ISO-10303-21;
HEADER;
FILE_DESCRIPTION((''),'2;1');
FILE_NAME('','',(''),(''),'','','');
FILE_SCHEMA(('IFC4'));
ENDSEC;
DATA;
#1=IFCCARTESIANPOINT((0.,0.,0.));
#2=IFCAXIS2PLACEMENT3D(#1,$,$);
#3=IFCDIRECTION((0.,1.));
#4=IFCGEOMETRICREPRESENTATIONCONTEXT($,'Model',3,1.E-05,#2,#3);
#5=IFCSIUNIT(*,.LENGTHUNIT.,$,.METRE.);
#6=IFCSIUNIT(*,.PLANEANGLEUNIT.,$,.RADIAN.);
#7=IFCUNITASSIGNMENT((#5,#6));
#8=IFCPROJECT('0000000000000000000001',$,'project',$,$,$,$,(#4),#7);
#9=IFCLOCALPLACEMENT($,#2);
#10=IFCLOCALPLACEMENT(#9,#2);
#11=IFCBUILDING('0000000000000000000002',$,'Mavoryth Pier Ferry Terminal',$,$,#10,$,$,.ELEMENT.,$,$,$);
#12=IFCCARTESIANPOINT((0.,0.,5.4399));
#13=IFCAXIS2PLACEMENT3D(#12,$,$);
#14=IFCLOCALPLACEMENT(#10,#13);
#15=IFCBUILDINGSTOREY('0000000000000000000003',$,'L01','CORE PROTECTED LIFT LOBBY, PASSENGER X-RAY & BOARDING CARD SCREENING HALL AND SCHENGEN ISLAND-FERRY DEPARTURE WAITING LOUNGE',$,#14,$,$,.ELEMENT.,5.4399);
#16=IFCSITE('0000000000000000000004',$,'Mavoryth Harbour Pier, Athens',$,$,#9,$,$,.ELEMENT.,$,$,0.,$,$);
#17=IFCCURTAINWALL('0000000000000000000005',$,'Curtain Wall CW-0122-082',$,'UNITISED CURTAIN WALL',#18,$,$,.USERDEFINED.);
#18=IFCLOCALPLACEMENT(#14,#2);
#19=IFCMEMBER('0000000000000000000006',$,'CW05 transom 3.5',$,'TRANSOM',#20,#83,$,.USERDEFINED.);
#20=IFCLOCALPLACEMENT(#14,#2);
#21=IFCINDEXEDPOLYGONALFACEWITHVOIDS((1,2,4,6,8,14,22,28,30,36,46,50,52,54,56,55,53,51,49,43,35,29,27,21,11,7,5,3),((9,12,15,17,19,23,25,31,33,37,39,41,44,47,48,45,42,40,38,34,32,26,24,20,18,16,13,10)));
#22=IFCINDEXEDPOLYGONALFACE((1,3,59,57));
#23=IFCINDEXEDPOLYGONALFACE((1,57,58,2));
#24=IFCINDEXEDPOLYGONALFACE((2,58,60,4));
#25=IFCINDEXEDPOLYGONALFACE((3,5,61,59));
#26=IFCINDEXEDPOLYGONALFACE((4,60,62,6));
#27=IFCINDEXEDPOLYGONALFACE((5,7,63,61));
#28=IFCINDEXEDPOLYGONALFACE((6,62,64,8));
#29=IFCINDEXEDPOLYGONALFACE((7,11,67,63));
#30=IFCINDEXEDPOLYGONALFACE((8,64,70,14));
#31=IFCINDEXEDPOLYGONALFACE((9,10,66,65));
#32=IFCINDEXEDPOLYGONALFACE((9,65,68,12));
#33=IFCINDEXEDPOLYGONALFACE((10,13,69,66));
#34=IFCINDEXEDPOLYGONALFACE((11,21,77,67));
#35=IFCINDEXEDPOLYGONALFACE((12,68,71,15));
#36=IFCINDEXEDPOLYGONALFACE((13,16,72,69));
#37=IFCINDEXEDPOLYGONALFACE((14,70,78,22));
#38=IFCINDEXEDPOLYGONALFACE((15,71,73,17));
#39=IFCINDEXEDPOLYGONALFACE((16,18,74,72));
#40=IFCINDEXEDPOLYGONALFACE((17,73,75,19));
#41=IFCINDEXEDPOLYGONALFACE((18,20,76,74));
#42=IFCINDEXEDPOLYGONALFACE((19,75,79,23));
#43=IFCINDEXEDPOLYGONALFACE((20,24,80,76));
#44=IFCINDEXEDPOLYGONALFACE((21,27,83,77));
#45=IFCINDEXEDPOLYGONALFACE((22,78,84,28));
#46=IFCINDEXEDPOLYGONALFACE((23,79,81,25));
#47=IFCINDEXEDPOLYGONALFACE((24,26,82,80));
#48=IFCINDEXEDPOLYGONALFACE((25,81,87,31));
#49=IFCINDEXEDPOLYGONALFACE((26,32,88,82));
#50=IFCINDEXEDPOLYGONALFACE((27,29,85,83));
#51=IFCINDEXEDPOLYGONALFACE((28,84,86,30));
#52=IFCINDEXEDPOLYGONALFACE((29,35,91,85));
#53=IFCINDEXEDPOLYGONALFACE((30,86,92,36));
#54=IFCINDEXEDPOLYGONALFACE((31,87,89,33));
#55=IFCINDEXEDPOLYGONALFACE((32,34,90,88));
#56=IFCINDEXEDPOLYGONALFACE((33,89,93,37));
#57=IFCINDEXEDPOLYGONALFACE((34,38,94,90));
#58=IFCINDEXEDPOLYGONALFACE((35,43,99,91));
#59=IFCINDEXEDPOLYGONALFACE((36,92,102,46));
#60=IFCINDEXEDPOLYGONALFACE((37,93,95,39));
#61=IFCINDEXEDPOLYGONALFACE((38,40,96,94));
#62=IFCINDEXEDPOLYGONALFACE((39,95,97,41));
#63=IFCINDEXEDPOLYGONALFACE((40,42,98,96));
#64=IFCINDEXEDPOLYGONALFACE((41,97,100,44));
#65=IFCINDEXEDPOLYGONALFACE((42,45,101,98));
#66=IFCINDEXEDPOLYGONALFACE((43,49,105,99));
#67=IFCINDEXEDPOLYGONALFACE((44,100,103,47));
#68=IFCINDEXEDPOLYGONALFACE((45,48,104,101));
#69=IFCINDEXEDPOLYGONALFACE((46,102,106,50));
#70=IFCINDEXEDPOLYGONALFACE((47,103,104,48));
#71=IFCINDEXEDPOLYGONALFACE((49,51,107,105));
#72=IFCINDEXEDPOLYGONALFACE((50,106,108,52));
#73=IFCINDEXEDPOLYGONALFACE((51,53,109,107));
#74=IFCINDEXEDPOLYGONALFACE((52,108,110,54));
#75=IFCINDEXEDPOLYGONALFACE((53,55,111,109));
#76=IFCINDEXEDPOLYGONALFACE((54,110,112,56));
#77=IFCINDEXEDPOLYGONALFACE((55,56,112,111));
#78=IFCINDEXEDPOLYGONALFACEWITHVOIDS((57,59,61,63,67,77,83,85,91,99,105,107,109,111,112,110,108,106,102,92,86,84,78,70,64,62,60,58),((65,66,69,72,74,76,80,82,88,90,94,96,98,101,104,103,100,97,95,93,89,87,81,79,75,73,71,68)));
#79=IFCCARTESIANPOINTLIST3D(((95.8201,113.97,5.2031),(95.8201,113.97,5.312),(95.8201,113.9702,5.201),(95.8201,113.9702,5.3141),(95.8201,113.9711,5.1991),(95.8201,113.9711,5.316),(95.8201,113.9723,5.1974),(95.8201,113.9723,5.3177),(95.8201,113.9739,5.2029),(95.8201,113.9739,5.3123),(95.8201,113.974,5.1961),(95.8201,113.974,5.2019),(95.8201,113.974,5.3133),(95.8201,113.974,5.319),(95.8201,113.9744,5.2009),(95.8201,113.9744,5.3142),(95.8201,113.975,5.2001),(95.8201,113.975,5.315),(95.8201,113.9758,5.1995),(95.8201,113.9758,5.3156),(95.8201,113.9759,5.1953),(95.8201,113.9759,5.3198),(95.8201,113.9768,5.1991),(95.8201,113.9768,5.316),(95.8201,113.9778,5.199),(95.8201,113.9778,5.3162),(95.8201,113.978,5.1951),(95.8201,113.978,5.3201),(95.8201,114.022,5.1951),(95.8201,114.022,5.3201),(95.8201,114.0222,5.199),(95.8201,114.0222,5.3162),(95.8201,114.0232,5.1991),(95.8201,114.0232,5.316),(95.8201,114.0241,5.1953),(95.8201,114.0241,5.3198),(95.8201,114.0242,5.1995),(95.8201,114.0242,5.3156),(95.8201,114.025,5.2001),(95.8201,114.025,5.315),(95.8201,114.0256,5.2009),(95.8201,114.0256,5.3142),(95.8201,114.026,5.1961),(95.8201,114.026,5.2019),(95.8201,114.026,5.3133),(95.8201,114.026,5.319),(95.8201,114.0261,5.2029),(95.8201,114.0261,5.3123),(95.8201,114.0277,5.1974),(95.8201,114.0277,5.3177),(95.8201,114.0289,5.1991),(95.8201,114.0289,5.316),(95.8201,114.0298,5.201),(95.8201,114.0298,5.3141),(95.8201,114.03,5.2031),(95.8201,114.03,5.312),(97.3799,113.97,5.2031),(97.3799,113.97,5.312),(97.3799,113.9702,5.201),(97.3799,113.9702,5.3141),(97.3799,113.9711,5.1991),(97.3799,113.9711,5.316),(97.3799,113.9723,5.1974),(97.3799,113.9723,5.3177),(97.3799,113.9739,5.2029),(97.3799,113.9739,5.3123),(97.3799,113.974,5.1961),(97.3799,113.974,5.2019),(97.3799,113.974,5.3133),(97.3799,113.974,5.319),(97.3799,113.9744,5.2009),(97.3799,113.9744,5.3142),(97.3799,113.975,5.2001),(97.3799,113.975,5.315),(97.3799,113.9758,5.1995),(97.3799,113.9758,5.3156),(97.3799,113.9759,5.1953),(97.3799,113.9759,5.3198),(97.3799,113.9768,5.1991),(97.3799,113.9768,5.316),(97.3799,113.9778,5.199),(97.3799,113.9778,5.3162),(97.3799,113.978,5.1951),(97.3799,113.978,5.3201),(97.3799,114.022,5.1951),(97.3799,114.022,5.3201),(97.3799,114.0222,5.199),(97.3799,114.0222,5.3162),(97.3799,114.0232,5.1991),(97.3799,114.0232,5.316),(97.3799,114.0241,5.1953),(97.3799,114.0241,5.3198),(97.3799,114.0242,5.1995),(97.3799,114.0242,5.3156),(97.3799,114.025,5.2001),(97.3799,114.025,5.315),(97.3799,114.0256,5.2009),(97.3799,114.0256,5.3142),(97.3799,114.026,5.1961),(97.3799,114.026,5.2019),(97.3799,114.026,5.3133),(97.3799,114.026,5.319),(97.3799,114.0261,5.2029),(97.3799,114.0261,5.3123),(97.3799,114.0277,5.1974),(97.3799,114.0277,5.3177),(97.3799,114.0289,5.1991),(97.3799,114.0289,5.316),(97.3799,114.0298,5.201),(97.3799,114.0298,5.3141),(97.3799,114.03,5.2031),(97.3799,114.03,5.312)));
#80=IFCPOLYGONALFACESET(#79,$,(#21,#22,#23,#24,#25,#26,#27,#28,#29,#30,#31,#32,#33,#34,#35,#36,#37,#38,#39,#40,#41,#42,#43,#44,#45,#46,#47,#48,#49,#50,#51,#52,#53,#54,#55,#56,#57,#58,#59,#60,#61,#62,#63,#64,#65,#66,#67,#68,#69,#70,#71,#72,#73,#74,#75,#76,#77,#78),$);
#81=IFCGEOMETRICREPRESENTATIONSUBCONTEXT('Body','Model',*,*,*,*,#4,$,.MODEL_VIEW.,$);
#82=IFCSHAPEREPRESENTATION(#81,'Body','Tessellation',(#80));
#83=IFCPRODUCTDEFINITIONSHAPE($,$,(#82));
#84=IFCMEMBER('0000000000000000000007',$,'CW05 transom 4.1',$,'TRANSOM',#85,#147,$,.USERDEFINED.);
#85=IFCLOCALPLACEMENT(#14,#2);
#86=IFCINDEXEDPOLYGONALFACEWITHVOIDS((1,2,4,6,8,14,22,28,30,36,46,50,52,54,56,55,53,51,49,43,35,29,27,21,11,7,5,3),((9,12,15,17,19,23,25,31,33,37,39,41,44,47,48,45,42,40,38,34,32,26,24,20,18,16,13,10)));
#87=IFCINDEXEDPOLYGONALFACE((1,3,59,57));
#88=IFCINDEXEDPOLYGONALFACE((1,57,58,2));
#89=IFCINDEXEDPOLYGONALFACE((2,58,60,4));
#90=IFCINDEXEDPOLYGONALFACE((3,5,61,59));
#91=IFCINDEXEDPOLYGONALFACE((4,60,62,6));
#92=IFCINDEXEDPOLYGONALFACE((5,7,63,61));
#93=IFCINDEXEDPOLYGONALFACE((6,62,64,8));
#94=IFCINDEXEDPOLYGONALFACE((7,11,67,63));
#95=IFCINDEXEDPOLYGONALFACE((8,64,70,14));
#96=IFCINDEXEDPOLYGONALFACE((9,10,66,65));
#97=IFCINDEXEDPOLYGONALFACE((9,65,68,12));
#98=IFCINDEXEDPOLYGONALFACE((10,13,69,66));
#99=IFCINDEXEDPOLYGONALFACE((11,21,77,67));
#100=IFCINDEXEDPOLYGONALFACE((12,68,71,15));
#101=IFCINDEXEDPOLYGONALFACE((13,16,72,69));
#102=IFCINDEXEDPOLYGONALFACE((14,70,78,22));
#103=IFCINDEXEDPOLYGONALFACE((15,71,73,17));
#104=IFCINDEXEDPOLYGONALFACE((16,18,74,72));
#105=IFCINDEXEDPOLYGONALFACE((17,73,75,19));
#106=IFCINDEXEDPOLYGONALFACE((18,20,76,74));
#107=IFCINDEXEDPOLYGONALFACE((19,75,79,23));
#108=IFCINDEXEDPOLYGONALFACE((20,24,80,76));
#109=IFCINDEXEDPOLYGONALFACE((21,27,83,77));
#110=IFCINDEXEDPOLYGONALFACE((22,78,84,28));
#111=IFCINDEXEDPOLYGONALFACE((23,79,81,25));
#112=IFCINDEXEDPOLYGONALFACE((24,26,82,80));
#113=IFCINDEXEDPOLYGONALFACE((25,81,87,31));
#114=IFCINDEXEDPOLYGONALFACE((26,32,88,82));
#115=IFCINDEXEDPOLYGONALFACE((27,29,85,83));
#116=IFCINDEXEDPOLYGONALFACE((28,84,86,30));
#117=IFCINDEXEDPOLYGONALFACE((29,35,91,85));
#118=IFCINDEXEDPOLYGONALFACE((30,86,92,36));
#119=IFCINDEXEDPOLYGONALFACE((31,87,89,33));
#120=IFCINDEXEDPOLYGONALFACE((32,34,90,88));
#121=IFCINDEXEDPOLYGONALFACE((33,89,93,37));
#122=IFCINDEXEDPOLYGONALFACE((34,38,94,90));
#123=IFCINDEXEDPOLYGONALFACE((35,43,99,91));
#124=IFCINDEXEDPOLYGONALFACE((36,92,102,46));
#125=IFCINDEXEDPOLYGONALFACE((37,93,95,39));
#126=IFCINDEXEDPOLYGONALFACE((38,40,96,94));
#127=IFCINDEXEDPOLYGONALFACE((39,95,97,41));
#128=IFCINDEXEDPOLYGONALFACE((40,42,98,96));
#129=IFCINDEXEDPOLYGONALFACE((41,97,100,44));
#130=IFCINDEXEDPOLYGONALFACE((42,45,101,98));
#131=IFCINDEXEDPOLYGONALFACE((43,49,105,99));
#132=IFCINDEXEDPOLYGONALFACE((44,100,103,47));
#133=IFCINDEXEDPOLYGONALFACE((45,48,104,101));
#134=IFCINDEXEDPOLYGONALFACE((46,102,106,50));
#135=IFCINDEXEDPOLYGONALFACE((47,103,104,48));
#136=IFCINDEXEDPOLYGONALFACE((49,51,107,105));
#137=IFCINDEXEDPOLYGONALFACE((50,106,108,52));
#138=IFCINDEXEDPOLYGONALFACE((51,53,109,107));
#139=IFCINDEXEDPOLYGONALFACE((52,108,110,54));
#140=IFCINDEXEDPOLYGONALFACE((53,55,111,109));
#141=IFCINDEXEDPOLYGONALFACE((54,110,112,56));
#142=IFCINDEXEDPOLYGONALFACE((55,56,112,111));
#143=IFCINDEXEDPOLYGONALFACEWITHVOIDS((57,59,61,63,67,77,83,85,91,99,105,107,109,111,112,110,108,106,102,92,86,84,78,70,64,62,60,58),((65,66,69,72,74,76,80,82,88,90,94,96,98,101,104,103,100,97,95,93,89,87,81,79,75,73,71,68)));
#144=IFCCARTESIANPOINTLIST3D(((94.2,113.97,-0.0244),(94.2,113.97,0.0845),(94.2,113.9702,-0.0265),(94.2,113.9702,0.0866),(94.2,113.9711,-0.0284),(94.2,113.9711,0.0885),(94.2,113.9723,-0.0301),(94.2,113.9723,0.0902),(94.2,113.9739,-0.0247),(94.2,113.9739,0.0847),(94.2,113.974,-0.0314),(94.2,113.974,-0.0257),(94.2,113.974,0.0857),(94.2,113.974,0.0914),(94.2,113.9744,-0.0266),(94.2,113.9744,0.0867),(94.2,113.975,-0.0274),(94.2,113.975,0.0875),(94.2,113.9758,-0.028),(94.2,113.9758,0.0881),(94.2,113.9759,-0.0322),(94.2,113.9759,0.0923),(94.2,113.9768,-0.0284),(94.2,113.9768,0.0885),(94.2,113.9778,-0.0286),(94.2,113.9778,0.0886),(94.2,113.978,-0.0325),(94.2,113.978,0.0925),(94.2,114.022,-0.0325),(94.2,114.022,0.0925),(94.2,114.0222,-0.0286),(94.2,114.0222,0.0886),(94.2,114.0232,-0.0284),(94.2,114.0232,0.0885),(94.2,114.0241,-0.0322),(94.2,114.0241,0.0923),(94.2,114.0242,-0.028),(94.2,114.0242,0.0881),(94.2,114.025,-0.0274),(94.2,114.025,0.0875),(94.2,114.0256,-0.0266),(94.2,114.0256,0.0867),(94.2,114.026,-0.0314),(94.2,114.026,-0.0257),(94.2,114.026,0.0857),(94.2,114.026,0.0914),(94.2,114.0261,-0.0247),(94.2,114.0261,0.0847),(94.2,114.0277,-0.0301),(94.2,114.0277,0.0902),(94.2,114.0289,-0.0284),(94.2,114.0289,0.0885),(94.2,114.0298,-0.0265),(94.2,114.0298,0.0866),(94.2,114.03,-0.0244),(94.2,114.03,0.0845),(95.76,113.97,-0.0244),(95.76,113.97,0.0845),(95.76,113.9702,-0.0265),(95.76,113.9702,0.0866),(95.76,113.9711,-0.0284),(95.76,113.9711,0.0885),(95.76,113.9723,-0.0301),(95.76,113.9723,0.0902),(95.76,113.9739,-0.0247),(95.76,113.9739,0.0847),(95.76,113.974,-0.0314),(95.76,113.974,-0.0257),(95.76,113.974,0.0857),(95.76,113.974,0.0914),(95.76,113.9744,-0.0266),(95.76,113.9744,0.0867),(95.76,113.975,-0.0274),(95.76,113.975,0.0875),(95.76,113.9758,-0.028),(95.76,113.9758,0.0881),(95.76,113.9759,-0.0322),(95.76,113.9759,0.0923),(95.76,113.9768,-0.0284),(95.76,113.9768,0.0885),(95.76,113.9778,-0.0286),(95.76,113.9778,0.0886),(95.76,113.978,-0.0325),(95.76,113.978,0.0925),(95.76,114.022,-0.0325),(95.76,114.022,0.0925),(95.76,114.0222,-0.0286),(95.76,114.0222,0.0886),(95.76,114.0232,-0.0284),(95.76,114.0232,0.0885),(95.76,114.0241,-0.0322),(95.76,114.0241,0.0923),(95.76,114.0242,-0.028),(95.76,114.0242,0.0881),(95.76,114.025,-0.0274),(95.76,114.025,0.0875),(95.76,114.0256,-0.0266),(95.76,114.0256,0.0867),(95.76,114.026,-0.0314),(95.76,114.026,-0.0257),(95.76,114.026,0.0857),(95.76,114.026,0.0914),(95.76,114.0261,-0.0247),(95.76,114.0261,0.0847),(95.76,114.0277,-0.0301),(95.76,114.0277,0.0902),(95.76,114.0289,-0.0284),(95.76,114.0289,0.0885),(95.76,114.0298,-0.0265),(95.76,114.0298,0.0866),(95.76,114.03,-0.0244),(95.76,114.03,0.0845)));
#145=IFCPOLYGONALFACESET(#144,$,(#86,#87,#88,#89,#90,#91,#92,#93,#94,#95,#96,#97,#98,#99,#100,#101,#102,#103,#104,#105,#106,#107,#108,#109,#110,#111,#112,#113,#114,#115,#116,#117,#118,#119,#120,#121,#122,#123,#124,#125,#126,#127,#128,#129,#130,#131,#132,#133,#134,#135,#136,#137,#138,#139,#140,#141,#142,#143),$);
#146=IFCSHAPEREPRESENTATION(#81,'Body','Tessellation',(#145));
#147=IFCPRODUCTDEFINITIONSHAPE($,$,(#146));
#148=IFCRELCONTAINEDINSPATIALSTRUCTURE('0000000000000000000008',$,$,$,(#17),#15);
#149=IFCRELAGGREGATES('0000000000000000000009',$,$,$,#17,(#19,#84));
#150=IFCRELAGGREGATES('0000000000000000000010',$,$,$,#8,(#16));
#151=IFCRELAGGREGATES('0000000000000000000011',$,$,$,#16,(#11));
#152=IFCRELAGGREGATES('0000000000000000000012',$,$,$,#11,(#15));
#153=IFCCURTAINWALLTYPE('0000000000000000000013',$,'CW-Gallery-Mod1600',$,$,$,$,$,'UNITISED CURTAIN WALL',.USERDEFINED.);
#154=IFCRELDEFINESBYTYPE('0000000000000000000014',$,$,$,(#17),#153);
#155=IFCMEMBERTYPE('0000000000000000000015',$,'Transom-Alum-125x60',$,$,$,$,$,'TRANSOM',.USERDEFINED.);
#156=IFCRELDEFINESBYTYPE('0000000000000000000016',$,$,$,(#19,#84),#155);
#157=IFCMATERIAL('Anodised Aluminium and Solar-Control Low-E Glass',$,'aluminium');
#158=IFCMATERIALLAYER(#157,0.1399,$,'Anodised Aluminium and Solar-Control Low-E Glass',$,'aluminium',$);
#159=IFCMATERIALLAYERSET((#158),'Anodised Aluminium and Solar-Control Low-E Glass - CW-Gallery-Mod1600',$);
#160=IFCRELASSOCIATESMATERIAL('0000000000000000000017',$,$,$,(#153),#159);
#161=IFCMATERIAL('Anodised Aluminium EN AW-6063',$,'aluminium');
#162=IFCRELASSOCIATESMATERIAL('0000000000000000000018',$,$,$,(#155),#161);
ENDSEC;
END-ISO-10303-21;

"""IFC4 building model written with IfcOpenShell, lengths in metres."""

from ifc_helpers import new_model, si_unit, direction, frame, origin, origin_2d, place, context, subcontext, project, spatial, hollow_rectangle, extrude, material, layer, layer_set, material_profile, profile_set, type_object, element, aggregate, save


model = new_model("IFC4")

# Units and contexts
model_context = context("Model", 3, precision=1e-05, world=origin(), true_north=direction((0.0, 1.0)))
body_context = subcontext(model_context, "Body", "Model", "MODEL_VIEW")
ifc_project = project(units=[si_unit("LENGTHUNIT", "METRE"), si_unit("PLANEANGLEUNIT", "RADIAN")], contexts=[model_context])

# Site, building, storey
site_placement = place(None, origin())
site = spatial("IfcSite", under=ifc_project, at=site_placement, Name="Mavoryth Harbour Pier, Athens", CompositionType="ELEMENT", RefElevation=0.0)
building_placement = place(site_placement, origin())
building = spatial("IfcBuilding", under=site, at=building_placement, Name="Mavoryth Pier Ferry Terminal", CompositionType="ELEMENT")
storey_placement = place(building_placement, frame((0.0, 0.0, 5.4399)))
storey = spatial("IfcBuildingStorey", under=building, at=storey_placement, Name="L01", Description="CORE PROTECTED LIFT LOBBY, PASSENGER X-RAY & BOARDING CARD SCREENING HALL AND SCHENGEN ISLAND-FERRY DEPARTURE WAITING LOUNGE", CompositionType="ELEMENT", Elevation=5.4399)

# Curtain wall, members
ifc_material_1 = material(Name="Anodised Aluminium and Solar-Control Low-E Glass", Category="aluminium")
ifc_layer_1 = layer(ifc_material_1, 0.1399, Name="Anodised Aluminium and Solar-Control Low-E Glass", Category="aluminium")
ifc_layer_set_1 = layer_set([ifc_layer_1], Name="Anodised Aluminium and Solar-Control Low-E Glass - CW-Gallery-Mod1600")
curtain_wall_type = type_object("IfcCurtainWallType", Name="CW-Gallery-Mod1600", ElementType="UNITISED CURTAIN WALL", PredefinedType="USERDEFINED", material=ifc_layer_set_1)
curtain_wall_placement = place(storey_placement, origin())
curtain_wall = element("IfcCurtainWall", 1, at=curtain_wall_placement, inside=storey, type_object=curtain_wall_type, Name="Curtain Wall CW-0122-082", ObjectType="UNITISED CURTAIN WALL", PredefinedType="USERDEFINED")
ifc_material_2 = material(Name="Anodised Aluminium EN AW-6063", Category="aluminium")
ifc_material_profile_1 = material_profile(ifc_material_2, hollow_rectangle(XDim=0.0601, YDim=0.125, WallThickness=0.0039, InnerFilletRadius=0.0039, OuterFilletRadius=0.0081, at=origin_2d()), Name="AL-TRAN 125x60x4", Category="aluminium")
ifc_profile_set_1 = profile_set([ifc_material_profile_1], Name="Anodised Aluminium EN AW-6063 - AL-TRAN 125x60x4")
member_type_1 = type_object("IfcMemberType", Name="Transom-Alum-125x60", ElementType="TRANSOM", PredefinedType="USERDEFINED", material=ifc_profile_set_1)
member_1_placement = place(storey_placement, frame((97.3799, 114.0, 5.2576), z_axis=(-1.0, 0.0, 0.0), x_axis=(0.0, -1.0, 0.0)))
member_1 = element("IfcMember", 2, at=member_1_placement, type_object=member_type_1, Name="CW05 transom 3.5", ObjectType="TRANSOM", PredefinedType="USERDEFINED", context=body_context, shape_type="SweptSolid", body=[
    extrude(hollow_rectangle(XDim=0.0601, YDim=0.125, WallThickness=0.0039, InnerFilletRadius=0.0039, OuterFilletRadius=0.0081, at=origin_2d()), origin(), (0.0, 0.0, 1.0), 1.5598),
])
member_2_placement = place(storey_placement, frame((95.76, 114.0, 0.03), z_axis=(-1.0, 0.0, 0.0), x_axis=(0.0, -1.0, 0.0)))
member_2 = element("IfcMember", 3, at=member_2_placement, type_object=member_type_1, Name="CW05 transom 4.1", ObjectType="TRANSOM", PredefinedType="USERDEFINED", context=body_context, shape_type="SweptSolid", body=[
    extrude(hollow_rectangle(XDim=0.0601, YDim=0.125, WallThickness=0.0039, InnerFilletRadius=0.0039, OuterFilletRadius=0.0081, at=origin_2d()), origin(), (0.0, 0.0, 1.0), 1.5601),
])
aggregate(curtain_wall, [member_1, member_2])

save(model, "model.ifc")
